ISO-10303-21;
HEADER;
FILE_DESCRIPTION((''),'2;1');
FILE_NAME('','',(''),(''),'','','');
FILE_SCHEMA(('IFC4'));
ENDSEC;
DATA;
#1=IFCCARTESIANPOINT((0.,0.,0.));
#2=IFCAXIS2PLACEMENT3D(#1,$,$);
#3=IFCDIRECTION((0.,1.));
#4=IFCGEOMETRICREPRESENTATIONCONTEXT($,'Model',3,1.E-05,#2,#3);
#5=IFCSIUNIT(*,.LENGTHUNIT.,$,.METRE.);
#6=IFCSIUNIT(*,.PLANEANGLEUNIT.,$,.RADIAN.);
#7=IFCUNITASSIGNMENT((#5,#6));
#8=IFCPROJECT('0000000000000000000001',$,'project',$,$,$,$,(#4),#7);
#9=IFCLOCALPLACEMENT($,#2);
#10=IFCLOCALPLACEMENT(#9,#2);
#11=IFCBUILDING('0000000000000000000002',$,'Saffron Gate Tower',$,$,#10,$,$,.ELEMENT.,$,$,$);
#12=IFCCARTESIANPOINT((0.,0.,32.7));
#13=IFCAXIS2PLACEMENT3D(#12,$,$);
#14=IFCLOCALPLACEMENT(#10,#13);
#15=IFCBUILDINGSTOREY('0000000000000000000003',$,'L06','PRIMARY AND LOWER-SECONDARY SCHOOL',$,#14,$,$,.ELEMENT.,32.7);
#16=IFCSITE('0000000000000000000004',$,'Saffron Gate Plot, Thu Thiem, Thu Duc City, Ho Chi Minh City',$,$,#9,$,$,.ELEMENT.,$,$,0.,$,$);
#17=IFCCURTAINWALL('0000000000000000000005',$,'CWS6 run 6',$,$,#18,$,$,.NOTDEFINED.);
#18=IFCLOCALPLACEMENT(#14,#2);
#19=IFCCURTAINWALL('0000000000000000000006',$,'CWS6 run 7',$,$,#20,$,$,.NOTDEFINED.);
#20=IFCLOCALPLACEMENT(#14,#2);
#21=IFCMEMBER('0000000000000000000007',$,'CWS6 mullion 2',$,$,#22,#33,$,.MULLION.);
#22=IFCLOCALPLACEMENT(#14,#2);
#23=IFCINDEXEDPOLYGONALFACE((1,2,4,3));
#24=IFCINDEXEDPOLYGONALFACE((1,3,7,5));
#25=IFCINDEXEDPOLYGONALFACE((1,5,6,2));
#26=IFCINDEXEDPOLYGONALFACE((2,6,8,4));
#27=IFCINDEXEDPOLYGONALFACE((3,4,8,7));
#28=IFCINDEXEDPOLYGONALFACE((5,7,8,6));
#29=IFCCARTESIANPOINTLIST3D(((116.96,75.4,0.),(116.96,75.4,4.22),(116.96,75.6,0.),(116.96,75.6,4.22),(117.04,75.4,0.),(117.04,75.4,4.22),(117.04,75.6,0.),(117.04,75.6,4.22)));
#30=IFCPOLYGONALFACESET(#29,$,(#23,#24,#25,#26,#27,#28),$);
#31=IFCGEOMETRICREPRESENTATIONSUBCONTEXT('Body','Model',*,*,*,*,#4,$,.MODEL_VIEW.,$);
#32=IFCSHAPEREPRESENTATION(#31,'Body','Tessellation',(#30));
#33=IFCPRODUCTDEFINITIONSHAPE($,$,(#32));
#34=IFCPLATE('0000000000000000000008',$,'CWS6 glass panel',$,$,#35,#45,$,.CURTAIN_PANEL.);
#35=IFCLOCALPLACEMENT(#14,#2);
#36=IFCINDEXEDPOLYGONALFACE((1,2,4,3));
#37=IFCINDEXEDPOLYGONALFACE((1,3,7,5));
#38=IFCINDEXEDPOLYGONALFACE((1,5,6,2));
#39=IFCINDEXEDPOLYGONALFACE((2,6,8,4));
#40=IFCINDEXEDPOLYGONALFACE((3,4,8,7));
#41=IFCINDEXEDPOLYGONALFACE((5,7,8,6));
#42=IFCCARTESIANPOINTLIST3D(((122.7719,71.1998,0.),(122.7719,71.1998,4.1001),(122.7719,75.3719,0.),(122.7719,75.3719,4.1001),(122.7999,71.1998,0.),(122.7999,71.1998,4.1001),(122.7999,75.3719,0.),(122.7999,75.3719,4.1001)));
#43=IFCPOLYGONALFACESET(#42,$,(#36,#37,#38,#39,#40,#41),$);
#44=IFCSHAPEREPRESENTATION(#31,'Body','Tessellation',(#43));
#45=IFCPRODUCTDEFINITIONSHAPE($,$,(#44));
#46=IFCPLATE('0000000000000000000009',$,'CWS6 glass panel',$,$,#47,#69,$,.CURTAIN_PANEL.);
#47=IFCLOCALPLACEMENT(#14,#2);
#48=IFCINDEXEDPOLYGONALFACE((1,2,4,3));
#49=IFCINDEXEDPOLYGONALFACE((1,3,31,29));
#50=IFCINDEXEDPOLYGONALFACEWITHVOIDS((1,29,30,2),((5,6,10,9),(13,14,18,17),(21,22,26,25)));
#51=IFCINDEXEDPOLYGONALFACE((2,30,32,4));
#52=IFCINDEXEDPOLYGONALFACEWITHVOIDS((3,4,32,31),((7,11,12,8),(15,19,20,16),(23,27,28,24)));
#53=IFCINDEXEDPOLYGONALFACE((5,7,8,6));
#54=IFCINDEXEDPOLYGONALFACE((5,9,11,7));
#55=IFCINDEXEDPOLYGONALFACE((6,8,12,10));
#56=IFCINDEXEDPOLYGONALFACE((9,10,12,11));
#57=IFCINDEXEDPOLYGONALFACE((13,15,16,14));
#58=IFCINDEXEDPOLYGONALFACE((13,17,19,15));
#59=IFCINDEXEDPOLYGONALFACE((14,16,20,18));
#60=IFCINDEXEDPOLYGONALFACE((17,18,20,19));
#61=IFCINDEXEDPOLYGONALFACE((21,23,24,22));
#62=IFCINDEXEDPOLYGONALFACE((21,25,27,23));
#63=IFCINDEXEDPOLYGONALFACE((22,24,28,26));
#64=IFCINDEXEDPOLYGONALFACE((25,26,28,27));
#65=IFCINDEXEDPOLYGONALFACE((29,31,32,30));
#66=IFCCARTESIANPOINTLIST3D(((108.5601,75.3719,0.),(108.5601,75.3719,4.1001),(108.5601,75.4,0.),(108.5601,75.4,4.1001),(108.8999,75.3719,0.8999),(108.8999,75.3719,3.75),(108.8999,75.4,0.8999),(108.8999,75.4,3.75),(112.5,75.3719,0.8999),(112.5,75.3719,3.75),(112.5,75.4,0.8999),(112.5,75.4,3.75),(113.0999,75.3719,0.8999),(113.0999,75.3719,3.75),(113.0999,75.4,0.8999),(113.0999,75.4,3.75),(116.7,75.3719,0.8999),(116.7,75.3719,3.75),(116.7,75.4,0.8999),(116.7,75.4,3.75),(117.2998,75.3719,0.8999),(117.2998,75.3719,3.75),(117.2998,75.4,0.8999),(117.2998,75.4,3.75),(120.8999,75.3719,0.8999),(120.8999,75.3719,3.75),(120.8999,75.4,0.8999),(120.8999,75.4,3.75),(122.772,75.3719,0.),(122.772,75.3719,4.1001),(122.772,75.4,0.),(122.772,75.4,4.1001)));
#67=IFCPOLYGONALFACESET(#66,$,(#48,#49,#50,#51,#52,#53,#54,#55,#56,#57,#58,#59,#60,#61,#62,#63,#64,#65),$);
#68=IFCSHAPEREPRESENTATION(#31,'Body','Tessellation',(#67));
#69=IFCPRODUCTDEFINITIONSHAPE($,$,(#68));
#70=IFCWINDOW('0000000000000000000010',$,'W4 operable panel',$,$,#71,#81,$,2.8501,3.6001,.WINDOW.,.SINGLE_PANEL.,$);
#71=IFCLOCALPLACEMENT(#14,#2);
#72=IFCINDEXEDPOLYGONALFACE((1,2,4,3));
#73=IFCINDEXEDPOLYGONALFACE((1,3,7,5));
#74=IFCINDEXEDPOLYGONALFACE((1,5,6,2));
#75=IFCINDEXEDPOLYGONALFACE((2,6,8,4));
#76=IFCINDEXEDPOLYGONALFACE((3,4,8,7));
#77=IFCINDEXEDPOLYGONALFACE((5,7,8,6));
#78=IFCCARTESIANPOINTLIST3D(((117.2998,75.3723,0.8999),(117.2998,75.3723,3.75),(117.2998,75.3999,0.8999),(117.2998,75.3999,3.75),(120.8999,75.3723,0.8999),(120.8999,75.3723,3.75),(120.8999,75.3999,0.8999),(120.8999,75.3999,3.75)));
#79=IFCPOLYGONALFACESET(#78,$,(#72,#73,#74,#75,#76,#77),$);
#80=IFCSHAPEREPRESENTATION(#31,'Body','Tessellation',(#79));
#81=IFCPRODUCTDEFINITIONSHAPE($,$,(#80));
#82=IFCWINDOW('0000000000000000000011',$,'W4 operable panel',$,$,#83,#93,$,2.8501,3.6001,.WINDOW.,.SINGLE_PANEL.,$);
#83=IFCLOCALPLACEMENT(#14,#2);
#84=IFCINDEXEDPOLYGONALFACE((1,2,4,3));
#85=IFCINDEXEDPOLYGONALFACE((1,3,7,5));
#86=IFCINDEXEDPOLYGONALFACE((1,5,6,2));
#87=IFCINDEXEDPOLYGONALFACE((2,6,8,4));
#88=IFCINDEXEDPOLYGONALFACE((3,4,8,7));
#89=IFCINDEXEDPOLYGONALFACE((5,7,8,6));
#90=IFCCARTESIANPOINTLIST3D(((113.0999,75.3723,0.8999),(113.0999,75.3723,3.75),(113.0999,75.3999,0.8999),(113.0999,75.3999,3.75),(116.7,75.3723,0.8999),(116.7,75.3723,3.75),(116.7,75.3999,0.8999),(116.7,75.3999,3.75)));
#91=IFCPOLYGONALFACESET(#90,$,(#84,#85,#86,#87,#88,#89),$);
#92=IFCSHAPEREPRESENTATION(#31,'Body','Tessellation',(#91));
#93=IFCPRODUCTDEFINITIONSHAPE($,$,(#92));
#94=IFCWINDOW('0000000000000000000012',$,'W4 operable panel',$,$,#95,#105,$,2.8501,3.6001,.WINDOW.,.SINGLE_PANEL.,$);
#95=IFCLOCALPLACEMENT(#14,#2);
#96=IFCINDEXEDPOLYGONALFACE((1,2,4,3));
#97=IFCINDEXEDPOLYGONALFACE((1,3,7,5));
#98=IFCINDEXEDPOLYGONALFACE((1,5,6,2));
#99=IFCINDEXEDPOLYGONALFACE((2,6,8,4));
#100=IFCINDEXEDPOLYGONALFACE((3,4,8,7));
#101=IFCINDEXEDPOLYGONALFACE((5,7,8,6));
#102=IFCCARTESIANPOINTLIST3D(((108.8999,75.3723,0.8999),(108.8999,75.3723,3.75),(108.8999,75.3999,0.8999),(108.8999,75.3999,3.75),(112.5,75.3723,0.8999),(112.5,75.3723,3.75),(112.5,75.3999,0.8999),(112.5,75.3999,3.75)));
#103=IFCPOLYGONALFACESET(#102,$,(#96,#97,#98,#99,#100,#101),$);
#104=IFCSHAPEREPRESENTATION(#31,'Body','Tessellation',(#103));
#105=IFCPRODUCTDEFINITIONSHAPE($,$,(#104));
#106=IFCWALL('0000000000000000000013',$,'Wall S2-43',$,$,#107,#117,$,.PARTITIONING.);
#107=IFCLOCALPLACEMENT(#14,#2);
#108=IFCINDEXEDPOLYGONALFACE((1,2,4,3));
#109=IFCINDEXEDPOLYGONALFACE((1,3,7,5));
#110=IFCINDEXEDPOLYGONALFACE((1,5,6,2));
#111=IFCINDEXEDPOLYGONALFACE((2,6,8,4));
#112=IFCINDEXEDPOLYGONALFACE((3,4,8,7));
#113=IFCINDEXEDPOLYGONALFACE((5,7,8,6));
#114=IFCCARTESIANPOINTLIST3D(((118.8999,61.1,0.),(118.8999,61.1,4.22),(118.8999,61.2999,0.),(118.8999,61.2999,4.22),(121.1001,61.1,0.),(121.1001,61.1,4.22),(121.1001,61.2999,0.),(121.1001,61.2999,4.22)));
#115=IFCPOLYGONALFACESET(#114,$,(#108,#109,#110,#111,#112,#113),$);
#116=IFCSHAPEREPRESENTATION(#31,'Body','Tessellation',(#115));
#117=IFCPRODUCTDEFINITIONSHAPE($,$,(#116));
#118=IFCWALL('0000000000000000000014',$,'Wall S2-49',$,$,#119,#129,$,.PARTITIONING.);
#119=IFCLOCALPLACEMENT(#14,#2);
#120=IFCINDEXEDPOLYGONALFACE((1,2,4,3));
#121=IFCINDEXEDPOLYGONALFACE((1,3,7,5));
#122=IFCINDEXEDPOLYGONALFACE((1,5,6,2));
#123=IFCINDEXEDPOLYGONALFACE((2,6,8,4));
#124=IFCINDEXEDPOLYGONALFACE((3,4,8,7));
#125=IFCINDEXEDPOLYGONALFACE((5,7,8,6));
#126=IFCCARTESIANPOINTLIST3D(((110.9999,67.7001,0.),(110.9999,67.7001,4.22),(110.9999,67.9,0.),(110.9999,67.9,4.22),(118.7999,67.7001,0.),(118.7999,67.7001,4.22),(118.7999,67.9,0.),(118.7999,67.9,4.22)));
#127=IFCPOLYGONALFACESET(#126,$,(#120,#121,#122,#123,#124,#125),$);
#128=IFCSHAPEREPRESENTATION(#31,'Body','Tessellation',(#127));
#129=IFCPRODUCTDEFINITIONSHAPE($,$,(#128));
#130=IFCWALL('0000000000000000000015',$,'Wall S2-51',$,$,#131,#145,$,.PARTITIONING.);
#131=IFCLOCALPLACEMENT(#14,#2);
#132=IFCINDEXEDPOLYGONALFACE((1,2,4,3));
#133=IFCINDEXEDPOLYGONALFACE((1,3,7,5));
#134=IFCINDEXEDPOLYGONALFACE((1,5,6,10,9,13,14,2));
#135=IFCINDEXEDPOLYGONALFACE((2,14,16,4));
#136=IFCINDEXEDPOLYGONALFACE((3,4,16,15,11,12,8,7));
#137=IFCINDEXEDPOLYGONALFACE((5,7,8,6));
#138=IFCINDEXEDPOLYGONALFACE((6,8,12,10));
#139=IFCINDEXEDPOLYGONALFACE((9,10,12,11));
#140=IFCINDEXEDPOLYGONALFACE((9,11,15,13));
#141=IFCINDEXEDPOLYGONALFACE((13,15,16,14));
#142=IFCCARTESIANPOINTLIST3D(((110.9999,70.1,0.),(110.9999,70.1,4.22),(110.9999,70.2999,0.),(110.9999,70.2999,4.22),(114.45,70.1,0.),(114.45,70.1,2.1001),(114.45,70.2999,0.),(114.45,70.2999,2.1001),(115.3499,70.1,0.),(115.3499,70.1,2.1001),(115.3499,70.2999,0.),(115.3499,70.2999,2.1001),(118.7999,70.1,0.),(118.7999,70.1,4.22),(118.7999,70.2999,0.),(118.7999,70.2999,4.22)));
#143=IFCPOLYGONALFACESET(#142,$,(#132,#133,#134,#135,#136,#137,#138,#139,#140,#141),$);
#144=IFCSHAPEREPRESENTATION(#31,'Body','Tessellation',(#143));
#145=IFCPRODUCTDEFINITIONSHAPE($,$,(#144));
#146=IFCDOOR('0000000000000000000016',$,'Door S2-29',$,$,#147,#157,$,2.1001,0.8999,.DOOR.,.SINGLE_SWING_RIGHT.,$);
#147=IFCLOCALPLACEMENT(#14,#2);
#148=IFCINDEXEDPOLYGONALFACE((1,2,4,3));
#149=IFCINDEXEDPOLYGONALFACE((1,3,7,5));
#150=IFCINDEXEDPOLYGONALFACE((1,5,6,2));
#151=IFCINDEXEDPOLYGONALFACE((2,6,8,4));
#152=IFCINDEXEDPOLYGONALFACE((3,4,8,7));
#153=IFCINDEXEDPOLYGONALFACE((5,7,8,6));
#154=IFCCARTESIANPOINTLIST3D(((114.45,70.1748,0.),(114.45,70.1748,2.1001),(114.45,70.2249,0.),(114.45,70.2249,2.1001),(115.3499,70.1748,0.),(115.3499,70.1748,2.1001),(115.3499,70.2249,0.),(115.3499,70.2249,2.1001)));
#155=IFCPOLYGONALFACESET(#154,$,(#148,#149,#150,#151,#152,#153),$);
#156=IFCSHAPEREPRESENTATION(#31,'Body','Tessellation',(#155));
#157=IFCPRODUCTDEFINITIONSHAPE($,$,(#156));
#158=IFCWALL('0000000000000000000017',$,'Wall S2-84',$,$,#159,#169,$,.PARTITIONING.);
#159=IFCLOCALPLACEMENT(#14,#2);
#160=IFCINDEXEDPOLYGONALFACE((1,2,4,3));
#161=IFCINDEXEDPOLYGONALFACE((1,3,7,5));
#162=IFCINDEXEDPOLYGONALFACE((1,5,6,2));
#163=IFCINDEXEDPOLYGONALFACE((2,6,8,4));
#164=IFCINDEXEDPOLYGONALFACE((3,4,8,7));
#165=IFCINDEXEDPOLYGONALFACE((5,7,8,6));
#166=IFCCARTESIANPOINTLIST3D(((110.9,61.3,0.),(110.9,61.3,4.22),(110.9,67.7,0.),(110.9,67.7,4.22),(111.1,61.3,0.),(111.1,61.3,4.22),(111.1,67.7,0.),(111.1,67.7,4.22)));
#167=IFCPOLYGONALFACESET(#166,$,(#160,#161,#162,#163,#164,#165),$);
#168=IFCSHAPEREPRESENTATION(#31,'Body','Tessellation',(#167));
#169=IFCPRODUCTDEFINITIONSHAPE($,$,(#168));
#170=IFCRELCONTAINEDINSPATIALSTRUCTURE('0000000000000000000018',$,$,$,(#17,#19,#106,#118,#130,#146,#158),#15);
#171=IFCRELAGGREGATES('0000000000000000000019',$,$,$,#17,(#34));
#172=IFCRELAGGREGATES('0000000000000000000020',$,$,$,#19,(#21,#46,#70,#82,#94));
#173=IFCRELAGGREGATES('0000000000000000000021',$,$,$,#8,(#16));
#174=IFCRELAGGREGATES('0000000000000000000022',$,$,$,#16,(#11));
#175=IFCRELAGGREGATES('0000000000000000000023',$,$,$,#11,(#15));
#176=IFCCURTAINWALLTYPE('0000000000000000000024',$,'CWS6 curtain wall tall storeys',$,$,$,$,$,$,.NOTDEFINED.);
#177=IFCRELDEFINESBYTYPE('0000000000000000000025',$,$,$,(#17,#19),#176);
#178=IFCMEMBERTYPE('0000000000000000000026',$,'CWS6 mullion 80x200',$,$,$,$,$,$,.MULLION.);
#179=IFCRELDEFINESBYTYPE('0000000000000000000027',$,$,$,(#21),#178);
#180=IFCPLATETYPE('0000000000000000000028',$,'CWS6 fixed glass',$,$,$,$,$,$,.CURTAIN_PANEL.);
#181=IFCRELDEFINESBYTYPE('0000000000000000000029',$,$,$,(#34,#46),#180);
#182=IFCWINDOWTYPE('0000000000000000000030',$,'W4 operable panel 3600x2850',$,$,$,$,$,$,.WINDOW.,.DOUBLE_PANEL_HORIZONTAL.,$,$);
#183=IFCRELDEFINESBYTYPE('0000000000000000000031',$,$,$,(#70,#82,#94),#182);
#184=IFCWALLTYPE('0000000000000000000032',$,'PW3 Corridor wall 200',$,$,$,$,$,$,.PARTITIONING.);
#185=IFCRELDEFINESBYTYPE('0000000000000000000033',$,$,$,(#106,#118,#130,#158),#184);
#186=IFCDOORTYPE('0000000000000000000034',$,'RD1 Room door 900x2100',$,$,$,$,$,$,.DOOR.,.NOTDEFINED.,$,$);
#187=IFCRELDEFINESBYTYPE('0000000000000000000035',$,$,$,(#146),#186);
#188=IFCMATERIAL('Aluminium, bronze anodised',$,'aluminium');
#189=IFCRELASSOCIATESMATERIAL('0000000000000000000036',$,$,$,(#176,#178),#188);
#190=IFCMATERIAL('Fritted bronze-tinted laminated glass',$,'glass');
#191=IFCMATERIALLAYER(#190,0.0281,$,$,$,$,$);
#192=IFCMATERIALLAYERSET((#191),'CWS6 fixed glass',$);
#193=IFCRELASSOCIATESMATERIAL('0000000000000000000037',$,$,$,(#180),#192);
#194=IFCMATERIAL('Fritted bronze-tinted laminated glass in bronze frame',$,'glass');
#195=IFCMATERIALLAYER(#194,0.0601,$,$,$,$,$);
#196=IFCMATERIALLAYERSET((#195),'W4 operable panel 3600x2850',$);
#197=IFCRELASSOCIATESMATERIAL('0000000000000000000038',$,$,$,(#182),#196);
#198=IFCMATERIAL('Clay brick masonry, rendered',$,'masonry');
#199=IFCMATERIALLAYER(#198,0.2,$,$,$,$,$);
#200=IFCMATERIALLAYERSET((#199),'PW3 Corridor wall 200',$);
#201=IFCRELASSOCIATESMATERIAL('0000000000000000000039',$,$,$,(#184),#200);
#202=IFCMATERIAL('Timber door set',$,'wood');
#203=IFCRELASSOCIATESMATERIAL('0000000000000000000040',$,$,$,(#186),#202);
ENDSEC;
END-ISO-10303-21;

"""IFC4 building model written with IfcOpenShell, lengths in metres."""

from ifc_helpers import new_model, si_unit, direction, frame, frame_2d, origin, origin_2d, place, context, subcontext, project, spatial, rectangle, extrude, material, layer, layer_set, material_profile, profile_set, type_object, element, fill, aggregate, save


model = new_model("IFC4")

# Units and contexts
model_context = context("Model", 3, precision=1e-05, world=origin(), true_north=direction((0.0, 1.0)))
body_context = subcontext(model_context, "Body", "Model", "MODEL_VIEW")
ifc_project = project(units=[si_unit("LENGTHUNIT", "METRE"), si_unit("PLANEANGLEUNIT", "RADIAN")], contexts=[model_context])

# Site, building, storey
site_placement = place(None, origin())
site = spatial("IfcSite", under=ifc_project, at=site_placement, Name="Saffron Gate Plot, Thu Thiem, Thu Duc City, Ho Chi Minh City", CompositionType="ELEMENT", RefElevation=0.0)
building_placement = place(site_placement, origin())
building = spatial("IfcBuilding", under=site, at=building_placement, Name="Saffron Gate Tower", CompositionType="ELEMENT")
storey_placement = place(building_placement, frame((0.0, 0.0, 32.7)))
storey = spatial("IfcBuildingStorey", under=building, at=storey_placement, Name="L06", Description="PRIMARY AND LOWER-SECONDARY SCHOOL", CompositionType="ELEMENT", Elevation=32.7)

# Curtain walls
ifc_material_1 = material(Name="Aluminium, bronze anodised", Category="aluminium")
curtain_wall_type = type_object("IfcCurtainWallType", Name="CWS6 curtain wall tall storeys", PredefinedType="NOTDEFINED", material=ifc_material_1)
curtain_wall_1_placement = place(storey_placement, origin())
curtain_wall_1 = element("IfcCurtainWall", 1, at=curtain_wall_1_placement, inside=storey, type_object=curtain_wall_type, Name="CWS6 run 6", PredefinedType="NOTDEFINED")
curtain_wall_2_placement = place(storey_placement, origin())
curtain_wall_2 = element("IfcCurtainWall", 2, at=curtain_wall_2_placement, inside=storey, type_object=curtain_wall_type, Name="CWS6 run 7", PredefinedType="NOTDEFINED")

# Member
ifc_material_profile_1 = material_profile(ifc_material_1, rectangle(XDim=0.2, YDim=0.0801, at=origin_2d()))
ifc_profile_set_1 = profile_set([ifc_material_profile_1], Name="Aluminium, bronze anodised")
member_type_1 = type_object("IfcMemberType", Name="CWS6 mullion 80x200", PredefinedType="MULLION", material=ifc_profile_set_1)
member_1_placement = place(storey_placement, frame((117.0, 75.5, 0.0), z_axis=(0.0, 0.0, 1.0), x_axis=(0.0, -1.0, 0.0)))
member_1 = element("IfcMember", 3, at=member_1_placement, type_object=member_type_1, Name="CWS6 mullion 2", PredefinedType="MULLION", context=body_context, shape_type="SweptSolid", body=[
    extrude(rectangle(XDim=0.2, YDim=0.0801, at=origin_2d()), origin(), (0.0, 0.0, 1.0), 4.22),
])

# Plate
ifc_material_2 = material(Name="Fritted bronze-tinted laminated glass", Category="glass")
ifc_layer_1 = layer(ifc_material_2, 0.0281)
ifc_layer_set_1 = layer_set([ifc_layer_1], Name="CWS6 fixed glass")
plate_type = type_object("IfcPlateType", Name="CWS6 fixed glass", PredefinedType="CURTAIN_PANEL", material=ifc_layer_set_1)
plate_1_placement = place(storey_placement, frame((122.7859, 71.2, 0.0), z_axis=(0.0, 0.0, 1.0), x_axis=(0.0, 1.0, 0.0)))
plate_1 = element("IfcPlate", 4, at=plate_1_placement, type_object=plate_type, Name="CWS6 glass panel", PredefinedType="CURTAIN_PANEL", context=body_context, shape_type="SweptSolid", body=[
    extrude(rectangle(XDim=4.1721, YDim=0.0281, at=frame_2d((2.0859, 0.0))), origin(), (0.0, 0.0, 1.0), 4.1001),
])
aggregate(curtain_wall_1, [plate_1])

# Plate, openings, windows
plate_2_placement = place(storey_placement, frame((122.772, 75.386, 0.0), z_axis=(0.0, 0.0, 1.0), x_axis=(-1.0, 0.0, 0.0)))
plate_2 = element("IfcPlate", 5, at=plate_2_placement, type_object=plate_type, Name="CWS6 glass panel", PredefinedType="CURTAIN_PANEL", context=body_context, shape_type="SweptSolid", body=[
    extrude(rectangle(XDim=14.2119, YDim=0.0281, at=frame_2d((7.106, 0.0))), origin(), (0.0, 0.0, 1.0), 4.1001),
])
opening_1_placement = place(plate_2_placement, frame((1.8721, 0.0, 0.8999)))
opening_1 = element("IfcOpeningElement", 6, at=opening_1_placement, cuts=plate_2, PredefinedType="OPENING", context=body_context, shape_type="SweptSolid", body=[
    extrude(rectangle(XDim=3.6001, YDim=2.8501, at=frame_2d((1.8, 1.425))), frame((0.0, 0.0239, 0.0), z_axis=(0.0, -1.0, 0.0), x_axis=(1.0, 0.0, 0.0)), (0.0, 0.0, 1.0), 0.0481),
])
opening_2_placement = place(plate_2_placement, frame((6.072, 0.0, 0.8999)))
opening_2 = element("IfcOpeningElement", 7, at=opening_2_placement, cuts=plate_2, PredefinedType="OPENING", context=body_context, shape_type="SweptSolid", body=[
    extrude(rectangle(XDim=3.6001, YDim=2.8501, at=frame_2d((1.8, 1.425))), frame((0.0, 0.0239, 0.0), z_axis=(0.0, -1.0, 0.0), x_axis=(1.0, 0.0, 0.0)), (0.0, 0.0, 1.0), 0.0481),
])
opening_3_placement = place(plate_2_placement, frame((10.272, 0.0, 0.8999)))
opening_3 = element("IfcOpeningElement", 8, at=opening_3_placement, cuts=plate_2, PredefinedType="OPENING", context=body_context, shape_type="SweptSolid", body=[
    extrude(rectangle(XDim=3.6001, YDim=2.8501, at=frame_2d((1.8, 1.425))), frame((0.0, 0.0239, 0.0), z_axis=(0.0, -1.0, 0.0), x_axis=(1.0, 0.0, 0.0)), (0.0, 0.0, 1.0), 0.0481),
])
ifc_material_3 = material(Name="Fritted bronze-tinted laminated glass in bronze frame", Category="glass")
ifc_layer_2 = layer(ifc_material_3, 0.0601)
ifc_layer_set_2 = layer_set([ifc_layer_2], Name="W4 operable panel 3600x2850")
window_type = type_object("IfcWindowType", Name="W4 operable panel 3600x2850", PartitioningType="DOUBLE_PANEL_HORIZONTAL", PredefinedType="WINDOW", material=ifc_layer_set_2)
window_1_placement = place(opening_1_placement, origin())
window_1 = element("IfcWindow", 9, at=window_1_placement, type_object=window_type, Name="W4 operable panel", OverallHeight=2.8501, OverallWidth=3.6001, PartitioningType="SINGLE_PANEL", PredefinedType="WINDOW", context=body_context, shape_type="SweptSolid", body=[
    extrude(rectangle(XDim=3.6001, YDim=2.8501, at=frame_2d((1.8, 1.425))), frame((0.0, 0.0137, 0.0), z_axis=(0.0, -1.0, 0.0), x_axis=(1.0, 0.0, 0.0)), (0.0, 0.0, 1.0), 0.0276),
])
fill(opening_1, window_1)
window_2_placement = place(opening_2_placement, origin())
window_2 = element("IfcWindow", 10, at=window_2_placement, type_object=window_type, Name="W4 operable panel", OverallHeight=2.8501, OverallWidth=3.6001, PartitioningType="SINGLE_PANEL", PredefinedType="WINDOW", context=body_context, shape_type="SweptSolid", body=[
    extrude(rectangle(XDim=3.6001, YDim=2.8501, at=frame_2d((1.8, 1.425))), frame((0.0, 0.0137, 0.0), z_axis=(0.0, -1.0, 0.0), x_axis=(1.0, 0.0, 0.0)), (0.0, 0.0, 1.0), 0.0276),
])
fill(opening_2, window_2)
window_3_placement = place(opening_3_placement, origin())
window_3 = element("IfcWindow", 11, at=window_3_placement, type_object=window_type, Name="W4 operable panel", OverallHeight=2.8501, OverallWidth=3.6001, PartitioningType="SINGLE_PANEL", PredefinedType="WINDOW", context=body_context, shape_type="SweptSolid", body=[
    extrude(rectangle(XDim=3.6001, YDim=2.8501, at=frame_2d((1.8, 1.425))), frame((0.0, 0.0137, 0.0), z_axis=(0.0, -1.0, 0.0), x_axis=(1.0, 0.0, 0.0)), (0.0, 0.0, 1.0), 0.0276),
])
fill(opening_3, window_3)
aggregate(curtain_wall_2, [member_1, plate_2, window_1, window_2, window_3])

# Walls
ifc_material_4 = material(Name="Clay brick masonry, rendered", Category="masonry")
ifc_layer_3 = layer(ifc_material_4, 0.2)
ifc_layer_set_3 = layer_set([ifc_layer_3], Name="PW3 Corridor wall 200")
wall_type_1 = type_object("IfcWallType", Name="PW3 Corridor wall 200", PredefinedType="PARTITIONING", material=ifc_layer_set_3)
wall_1_placement = place(storey_placement, frame((118.8999, 61.2, 0.0), z_axis=(0.0, 0.0, 1.0), x_axis=(1.0, 0.0, 0.0)))
element("IfcWall", 12, at=wall_1_placement, inside=storey, type_object=wall_type_1, Name="Wall S2-43", PredefinedType="PARTITIONING", context=body_context, shape_type="SweptSolid", body=[
    extrude(rectangle(XDim=2.2002, YDim=0.2, at=frame_2d((1.1001, 0.0))), origin(), (0.0, 0.0, 1.0), 4.22),
])
wall_2_placement = place(storey_placement, frame((111.0, 67.8, 0.0), z_axis=(0.0, 0.0, 1.0), x_axis=(1.0, 0.0, 0.0)))
element("IfcWall", 13, at=wall_2_placement, inside=storey, type_object=wall_type_1, Name="Wall S2-49", PredefinedType="PARTITIONING", context=body_context, shape_type="SweptSolid", body=[
    extrude(rectangle(XDim=7.8, YDim=0.2, at=frame_2d((3.8999, 0.0))), origin(), (0.0, 0.0, 1.0), 4.22),
])

# Wall, opening, door
wall_3_placement = place(storey_placement, frame((111.0, 70.2, 0.0), z_axis=(0.0, 0.0, 1.0), x_axis=(1.0, 0.0, 0.0)))
wall_3 = element("IfcWall", 14, at=wall_3_placement, inside=storey, type_object=wall_type_1, Name="Wall S2-51", PredefinedType="PARTITIONING", context=body_context, shape_type="SweptSolid", body=[
    extrude(rectangle(XDim=7.8, YDim=0.2, at=frame_2d((3.8999, 0.0))), origin(), (0.0, 0.0, 1.0), 4.22),
])
opening_4_placement = place(wall_3_placement, frame((3.45, 0.0, 0.0)))
opening_4 = element("IfcOpeningElement", 15, at=opening_4_placement, cuts=wall_3, PredefinedType="OPENING", context=body_context, shape_type="SweptSolid", body=[
    extrude(rectangle(XDim=0.8999, YDim=2.1001, at=frame_2d((0.45, 1.05))), frame((0.0, 0.1099, 0.0), z_axis=(0.0, -1.0, 0.0), x_axis=(1.0, 0.0, 0.0)), (0.0, 0.0, 1.0), 0.22),
])
ifc_material_5 = material(Name="Timber door set", Category="wood")
door_type_1 = type_object("IfcDoorType", Name="RD1 Room door 900x2100", OperationType="NOTDEFINED", PredefinedType="DOOR", material=ifc_material_5)
door_1_placement = place(opening_4_placement, origin())
door_1 = element("IfcDoor", 16, at=door_1_placement, inside=storey, type_object=door_type_1, Name="Door S2-29", OperationType="SINGLE_SWING_RIGHT", OverallHeight=2.1001, OverallWidth=0.8999, PredefinedType="DOOR", context=body_context, shape_type="SweptSolid", body=[
    extrude(rectangle(XDim=0.8999, YDim=2.1001, at=frame_2d((0.45, 1.05))), frame((0.0, 0.0249, 0.0), z_axis=(0.0, -1.0, 0.0), x_axis=(1.0, 0.0, 0.0)), (0.0, 0.0, 1.0), 0.05),
])
fill(opening_4, door_1)

# Wall
wall_4_placement = place(storey_placement, frame((111.0, 67.7, 0.0), z_axis=(0.0, 0.0, 1.0), x_axis=(0.0, -1.0, 0.0)))
element("IfcWall", 17, at=wall_4_placement, inside=storey, type_object=wall_type_1, Name="Wall S2-84", PredefinedType="PARTITIONING", context=body_context, shape_type="SweptSolid", body=[
    extrude(rectangle(XDim=6.3999, YDim=0.2, at=frame_2d((3.2, 0.0))), origin(), (0.0, 0.0, 1.0), 4.22),
])

save(model, "model.ifc")
